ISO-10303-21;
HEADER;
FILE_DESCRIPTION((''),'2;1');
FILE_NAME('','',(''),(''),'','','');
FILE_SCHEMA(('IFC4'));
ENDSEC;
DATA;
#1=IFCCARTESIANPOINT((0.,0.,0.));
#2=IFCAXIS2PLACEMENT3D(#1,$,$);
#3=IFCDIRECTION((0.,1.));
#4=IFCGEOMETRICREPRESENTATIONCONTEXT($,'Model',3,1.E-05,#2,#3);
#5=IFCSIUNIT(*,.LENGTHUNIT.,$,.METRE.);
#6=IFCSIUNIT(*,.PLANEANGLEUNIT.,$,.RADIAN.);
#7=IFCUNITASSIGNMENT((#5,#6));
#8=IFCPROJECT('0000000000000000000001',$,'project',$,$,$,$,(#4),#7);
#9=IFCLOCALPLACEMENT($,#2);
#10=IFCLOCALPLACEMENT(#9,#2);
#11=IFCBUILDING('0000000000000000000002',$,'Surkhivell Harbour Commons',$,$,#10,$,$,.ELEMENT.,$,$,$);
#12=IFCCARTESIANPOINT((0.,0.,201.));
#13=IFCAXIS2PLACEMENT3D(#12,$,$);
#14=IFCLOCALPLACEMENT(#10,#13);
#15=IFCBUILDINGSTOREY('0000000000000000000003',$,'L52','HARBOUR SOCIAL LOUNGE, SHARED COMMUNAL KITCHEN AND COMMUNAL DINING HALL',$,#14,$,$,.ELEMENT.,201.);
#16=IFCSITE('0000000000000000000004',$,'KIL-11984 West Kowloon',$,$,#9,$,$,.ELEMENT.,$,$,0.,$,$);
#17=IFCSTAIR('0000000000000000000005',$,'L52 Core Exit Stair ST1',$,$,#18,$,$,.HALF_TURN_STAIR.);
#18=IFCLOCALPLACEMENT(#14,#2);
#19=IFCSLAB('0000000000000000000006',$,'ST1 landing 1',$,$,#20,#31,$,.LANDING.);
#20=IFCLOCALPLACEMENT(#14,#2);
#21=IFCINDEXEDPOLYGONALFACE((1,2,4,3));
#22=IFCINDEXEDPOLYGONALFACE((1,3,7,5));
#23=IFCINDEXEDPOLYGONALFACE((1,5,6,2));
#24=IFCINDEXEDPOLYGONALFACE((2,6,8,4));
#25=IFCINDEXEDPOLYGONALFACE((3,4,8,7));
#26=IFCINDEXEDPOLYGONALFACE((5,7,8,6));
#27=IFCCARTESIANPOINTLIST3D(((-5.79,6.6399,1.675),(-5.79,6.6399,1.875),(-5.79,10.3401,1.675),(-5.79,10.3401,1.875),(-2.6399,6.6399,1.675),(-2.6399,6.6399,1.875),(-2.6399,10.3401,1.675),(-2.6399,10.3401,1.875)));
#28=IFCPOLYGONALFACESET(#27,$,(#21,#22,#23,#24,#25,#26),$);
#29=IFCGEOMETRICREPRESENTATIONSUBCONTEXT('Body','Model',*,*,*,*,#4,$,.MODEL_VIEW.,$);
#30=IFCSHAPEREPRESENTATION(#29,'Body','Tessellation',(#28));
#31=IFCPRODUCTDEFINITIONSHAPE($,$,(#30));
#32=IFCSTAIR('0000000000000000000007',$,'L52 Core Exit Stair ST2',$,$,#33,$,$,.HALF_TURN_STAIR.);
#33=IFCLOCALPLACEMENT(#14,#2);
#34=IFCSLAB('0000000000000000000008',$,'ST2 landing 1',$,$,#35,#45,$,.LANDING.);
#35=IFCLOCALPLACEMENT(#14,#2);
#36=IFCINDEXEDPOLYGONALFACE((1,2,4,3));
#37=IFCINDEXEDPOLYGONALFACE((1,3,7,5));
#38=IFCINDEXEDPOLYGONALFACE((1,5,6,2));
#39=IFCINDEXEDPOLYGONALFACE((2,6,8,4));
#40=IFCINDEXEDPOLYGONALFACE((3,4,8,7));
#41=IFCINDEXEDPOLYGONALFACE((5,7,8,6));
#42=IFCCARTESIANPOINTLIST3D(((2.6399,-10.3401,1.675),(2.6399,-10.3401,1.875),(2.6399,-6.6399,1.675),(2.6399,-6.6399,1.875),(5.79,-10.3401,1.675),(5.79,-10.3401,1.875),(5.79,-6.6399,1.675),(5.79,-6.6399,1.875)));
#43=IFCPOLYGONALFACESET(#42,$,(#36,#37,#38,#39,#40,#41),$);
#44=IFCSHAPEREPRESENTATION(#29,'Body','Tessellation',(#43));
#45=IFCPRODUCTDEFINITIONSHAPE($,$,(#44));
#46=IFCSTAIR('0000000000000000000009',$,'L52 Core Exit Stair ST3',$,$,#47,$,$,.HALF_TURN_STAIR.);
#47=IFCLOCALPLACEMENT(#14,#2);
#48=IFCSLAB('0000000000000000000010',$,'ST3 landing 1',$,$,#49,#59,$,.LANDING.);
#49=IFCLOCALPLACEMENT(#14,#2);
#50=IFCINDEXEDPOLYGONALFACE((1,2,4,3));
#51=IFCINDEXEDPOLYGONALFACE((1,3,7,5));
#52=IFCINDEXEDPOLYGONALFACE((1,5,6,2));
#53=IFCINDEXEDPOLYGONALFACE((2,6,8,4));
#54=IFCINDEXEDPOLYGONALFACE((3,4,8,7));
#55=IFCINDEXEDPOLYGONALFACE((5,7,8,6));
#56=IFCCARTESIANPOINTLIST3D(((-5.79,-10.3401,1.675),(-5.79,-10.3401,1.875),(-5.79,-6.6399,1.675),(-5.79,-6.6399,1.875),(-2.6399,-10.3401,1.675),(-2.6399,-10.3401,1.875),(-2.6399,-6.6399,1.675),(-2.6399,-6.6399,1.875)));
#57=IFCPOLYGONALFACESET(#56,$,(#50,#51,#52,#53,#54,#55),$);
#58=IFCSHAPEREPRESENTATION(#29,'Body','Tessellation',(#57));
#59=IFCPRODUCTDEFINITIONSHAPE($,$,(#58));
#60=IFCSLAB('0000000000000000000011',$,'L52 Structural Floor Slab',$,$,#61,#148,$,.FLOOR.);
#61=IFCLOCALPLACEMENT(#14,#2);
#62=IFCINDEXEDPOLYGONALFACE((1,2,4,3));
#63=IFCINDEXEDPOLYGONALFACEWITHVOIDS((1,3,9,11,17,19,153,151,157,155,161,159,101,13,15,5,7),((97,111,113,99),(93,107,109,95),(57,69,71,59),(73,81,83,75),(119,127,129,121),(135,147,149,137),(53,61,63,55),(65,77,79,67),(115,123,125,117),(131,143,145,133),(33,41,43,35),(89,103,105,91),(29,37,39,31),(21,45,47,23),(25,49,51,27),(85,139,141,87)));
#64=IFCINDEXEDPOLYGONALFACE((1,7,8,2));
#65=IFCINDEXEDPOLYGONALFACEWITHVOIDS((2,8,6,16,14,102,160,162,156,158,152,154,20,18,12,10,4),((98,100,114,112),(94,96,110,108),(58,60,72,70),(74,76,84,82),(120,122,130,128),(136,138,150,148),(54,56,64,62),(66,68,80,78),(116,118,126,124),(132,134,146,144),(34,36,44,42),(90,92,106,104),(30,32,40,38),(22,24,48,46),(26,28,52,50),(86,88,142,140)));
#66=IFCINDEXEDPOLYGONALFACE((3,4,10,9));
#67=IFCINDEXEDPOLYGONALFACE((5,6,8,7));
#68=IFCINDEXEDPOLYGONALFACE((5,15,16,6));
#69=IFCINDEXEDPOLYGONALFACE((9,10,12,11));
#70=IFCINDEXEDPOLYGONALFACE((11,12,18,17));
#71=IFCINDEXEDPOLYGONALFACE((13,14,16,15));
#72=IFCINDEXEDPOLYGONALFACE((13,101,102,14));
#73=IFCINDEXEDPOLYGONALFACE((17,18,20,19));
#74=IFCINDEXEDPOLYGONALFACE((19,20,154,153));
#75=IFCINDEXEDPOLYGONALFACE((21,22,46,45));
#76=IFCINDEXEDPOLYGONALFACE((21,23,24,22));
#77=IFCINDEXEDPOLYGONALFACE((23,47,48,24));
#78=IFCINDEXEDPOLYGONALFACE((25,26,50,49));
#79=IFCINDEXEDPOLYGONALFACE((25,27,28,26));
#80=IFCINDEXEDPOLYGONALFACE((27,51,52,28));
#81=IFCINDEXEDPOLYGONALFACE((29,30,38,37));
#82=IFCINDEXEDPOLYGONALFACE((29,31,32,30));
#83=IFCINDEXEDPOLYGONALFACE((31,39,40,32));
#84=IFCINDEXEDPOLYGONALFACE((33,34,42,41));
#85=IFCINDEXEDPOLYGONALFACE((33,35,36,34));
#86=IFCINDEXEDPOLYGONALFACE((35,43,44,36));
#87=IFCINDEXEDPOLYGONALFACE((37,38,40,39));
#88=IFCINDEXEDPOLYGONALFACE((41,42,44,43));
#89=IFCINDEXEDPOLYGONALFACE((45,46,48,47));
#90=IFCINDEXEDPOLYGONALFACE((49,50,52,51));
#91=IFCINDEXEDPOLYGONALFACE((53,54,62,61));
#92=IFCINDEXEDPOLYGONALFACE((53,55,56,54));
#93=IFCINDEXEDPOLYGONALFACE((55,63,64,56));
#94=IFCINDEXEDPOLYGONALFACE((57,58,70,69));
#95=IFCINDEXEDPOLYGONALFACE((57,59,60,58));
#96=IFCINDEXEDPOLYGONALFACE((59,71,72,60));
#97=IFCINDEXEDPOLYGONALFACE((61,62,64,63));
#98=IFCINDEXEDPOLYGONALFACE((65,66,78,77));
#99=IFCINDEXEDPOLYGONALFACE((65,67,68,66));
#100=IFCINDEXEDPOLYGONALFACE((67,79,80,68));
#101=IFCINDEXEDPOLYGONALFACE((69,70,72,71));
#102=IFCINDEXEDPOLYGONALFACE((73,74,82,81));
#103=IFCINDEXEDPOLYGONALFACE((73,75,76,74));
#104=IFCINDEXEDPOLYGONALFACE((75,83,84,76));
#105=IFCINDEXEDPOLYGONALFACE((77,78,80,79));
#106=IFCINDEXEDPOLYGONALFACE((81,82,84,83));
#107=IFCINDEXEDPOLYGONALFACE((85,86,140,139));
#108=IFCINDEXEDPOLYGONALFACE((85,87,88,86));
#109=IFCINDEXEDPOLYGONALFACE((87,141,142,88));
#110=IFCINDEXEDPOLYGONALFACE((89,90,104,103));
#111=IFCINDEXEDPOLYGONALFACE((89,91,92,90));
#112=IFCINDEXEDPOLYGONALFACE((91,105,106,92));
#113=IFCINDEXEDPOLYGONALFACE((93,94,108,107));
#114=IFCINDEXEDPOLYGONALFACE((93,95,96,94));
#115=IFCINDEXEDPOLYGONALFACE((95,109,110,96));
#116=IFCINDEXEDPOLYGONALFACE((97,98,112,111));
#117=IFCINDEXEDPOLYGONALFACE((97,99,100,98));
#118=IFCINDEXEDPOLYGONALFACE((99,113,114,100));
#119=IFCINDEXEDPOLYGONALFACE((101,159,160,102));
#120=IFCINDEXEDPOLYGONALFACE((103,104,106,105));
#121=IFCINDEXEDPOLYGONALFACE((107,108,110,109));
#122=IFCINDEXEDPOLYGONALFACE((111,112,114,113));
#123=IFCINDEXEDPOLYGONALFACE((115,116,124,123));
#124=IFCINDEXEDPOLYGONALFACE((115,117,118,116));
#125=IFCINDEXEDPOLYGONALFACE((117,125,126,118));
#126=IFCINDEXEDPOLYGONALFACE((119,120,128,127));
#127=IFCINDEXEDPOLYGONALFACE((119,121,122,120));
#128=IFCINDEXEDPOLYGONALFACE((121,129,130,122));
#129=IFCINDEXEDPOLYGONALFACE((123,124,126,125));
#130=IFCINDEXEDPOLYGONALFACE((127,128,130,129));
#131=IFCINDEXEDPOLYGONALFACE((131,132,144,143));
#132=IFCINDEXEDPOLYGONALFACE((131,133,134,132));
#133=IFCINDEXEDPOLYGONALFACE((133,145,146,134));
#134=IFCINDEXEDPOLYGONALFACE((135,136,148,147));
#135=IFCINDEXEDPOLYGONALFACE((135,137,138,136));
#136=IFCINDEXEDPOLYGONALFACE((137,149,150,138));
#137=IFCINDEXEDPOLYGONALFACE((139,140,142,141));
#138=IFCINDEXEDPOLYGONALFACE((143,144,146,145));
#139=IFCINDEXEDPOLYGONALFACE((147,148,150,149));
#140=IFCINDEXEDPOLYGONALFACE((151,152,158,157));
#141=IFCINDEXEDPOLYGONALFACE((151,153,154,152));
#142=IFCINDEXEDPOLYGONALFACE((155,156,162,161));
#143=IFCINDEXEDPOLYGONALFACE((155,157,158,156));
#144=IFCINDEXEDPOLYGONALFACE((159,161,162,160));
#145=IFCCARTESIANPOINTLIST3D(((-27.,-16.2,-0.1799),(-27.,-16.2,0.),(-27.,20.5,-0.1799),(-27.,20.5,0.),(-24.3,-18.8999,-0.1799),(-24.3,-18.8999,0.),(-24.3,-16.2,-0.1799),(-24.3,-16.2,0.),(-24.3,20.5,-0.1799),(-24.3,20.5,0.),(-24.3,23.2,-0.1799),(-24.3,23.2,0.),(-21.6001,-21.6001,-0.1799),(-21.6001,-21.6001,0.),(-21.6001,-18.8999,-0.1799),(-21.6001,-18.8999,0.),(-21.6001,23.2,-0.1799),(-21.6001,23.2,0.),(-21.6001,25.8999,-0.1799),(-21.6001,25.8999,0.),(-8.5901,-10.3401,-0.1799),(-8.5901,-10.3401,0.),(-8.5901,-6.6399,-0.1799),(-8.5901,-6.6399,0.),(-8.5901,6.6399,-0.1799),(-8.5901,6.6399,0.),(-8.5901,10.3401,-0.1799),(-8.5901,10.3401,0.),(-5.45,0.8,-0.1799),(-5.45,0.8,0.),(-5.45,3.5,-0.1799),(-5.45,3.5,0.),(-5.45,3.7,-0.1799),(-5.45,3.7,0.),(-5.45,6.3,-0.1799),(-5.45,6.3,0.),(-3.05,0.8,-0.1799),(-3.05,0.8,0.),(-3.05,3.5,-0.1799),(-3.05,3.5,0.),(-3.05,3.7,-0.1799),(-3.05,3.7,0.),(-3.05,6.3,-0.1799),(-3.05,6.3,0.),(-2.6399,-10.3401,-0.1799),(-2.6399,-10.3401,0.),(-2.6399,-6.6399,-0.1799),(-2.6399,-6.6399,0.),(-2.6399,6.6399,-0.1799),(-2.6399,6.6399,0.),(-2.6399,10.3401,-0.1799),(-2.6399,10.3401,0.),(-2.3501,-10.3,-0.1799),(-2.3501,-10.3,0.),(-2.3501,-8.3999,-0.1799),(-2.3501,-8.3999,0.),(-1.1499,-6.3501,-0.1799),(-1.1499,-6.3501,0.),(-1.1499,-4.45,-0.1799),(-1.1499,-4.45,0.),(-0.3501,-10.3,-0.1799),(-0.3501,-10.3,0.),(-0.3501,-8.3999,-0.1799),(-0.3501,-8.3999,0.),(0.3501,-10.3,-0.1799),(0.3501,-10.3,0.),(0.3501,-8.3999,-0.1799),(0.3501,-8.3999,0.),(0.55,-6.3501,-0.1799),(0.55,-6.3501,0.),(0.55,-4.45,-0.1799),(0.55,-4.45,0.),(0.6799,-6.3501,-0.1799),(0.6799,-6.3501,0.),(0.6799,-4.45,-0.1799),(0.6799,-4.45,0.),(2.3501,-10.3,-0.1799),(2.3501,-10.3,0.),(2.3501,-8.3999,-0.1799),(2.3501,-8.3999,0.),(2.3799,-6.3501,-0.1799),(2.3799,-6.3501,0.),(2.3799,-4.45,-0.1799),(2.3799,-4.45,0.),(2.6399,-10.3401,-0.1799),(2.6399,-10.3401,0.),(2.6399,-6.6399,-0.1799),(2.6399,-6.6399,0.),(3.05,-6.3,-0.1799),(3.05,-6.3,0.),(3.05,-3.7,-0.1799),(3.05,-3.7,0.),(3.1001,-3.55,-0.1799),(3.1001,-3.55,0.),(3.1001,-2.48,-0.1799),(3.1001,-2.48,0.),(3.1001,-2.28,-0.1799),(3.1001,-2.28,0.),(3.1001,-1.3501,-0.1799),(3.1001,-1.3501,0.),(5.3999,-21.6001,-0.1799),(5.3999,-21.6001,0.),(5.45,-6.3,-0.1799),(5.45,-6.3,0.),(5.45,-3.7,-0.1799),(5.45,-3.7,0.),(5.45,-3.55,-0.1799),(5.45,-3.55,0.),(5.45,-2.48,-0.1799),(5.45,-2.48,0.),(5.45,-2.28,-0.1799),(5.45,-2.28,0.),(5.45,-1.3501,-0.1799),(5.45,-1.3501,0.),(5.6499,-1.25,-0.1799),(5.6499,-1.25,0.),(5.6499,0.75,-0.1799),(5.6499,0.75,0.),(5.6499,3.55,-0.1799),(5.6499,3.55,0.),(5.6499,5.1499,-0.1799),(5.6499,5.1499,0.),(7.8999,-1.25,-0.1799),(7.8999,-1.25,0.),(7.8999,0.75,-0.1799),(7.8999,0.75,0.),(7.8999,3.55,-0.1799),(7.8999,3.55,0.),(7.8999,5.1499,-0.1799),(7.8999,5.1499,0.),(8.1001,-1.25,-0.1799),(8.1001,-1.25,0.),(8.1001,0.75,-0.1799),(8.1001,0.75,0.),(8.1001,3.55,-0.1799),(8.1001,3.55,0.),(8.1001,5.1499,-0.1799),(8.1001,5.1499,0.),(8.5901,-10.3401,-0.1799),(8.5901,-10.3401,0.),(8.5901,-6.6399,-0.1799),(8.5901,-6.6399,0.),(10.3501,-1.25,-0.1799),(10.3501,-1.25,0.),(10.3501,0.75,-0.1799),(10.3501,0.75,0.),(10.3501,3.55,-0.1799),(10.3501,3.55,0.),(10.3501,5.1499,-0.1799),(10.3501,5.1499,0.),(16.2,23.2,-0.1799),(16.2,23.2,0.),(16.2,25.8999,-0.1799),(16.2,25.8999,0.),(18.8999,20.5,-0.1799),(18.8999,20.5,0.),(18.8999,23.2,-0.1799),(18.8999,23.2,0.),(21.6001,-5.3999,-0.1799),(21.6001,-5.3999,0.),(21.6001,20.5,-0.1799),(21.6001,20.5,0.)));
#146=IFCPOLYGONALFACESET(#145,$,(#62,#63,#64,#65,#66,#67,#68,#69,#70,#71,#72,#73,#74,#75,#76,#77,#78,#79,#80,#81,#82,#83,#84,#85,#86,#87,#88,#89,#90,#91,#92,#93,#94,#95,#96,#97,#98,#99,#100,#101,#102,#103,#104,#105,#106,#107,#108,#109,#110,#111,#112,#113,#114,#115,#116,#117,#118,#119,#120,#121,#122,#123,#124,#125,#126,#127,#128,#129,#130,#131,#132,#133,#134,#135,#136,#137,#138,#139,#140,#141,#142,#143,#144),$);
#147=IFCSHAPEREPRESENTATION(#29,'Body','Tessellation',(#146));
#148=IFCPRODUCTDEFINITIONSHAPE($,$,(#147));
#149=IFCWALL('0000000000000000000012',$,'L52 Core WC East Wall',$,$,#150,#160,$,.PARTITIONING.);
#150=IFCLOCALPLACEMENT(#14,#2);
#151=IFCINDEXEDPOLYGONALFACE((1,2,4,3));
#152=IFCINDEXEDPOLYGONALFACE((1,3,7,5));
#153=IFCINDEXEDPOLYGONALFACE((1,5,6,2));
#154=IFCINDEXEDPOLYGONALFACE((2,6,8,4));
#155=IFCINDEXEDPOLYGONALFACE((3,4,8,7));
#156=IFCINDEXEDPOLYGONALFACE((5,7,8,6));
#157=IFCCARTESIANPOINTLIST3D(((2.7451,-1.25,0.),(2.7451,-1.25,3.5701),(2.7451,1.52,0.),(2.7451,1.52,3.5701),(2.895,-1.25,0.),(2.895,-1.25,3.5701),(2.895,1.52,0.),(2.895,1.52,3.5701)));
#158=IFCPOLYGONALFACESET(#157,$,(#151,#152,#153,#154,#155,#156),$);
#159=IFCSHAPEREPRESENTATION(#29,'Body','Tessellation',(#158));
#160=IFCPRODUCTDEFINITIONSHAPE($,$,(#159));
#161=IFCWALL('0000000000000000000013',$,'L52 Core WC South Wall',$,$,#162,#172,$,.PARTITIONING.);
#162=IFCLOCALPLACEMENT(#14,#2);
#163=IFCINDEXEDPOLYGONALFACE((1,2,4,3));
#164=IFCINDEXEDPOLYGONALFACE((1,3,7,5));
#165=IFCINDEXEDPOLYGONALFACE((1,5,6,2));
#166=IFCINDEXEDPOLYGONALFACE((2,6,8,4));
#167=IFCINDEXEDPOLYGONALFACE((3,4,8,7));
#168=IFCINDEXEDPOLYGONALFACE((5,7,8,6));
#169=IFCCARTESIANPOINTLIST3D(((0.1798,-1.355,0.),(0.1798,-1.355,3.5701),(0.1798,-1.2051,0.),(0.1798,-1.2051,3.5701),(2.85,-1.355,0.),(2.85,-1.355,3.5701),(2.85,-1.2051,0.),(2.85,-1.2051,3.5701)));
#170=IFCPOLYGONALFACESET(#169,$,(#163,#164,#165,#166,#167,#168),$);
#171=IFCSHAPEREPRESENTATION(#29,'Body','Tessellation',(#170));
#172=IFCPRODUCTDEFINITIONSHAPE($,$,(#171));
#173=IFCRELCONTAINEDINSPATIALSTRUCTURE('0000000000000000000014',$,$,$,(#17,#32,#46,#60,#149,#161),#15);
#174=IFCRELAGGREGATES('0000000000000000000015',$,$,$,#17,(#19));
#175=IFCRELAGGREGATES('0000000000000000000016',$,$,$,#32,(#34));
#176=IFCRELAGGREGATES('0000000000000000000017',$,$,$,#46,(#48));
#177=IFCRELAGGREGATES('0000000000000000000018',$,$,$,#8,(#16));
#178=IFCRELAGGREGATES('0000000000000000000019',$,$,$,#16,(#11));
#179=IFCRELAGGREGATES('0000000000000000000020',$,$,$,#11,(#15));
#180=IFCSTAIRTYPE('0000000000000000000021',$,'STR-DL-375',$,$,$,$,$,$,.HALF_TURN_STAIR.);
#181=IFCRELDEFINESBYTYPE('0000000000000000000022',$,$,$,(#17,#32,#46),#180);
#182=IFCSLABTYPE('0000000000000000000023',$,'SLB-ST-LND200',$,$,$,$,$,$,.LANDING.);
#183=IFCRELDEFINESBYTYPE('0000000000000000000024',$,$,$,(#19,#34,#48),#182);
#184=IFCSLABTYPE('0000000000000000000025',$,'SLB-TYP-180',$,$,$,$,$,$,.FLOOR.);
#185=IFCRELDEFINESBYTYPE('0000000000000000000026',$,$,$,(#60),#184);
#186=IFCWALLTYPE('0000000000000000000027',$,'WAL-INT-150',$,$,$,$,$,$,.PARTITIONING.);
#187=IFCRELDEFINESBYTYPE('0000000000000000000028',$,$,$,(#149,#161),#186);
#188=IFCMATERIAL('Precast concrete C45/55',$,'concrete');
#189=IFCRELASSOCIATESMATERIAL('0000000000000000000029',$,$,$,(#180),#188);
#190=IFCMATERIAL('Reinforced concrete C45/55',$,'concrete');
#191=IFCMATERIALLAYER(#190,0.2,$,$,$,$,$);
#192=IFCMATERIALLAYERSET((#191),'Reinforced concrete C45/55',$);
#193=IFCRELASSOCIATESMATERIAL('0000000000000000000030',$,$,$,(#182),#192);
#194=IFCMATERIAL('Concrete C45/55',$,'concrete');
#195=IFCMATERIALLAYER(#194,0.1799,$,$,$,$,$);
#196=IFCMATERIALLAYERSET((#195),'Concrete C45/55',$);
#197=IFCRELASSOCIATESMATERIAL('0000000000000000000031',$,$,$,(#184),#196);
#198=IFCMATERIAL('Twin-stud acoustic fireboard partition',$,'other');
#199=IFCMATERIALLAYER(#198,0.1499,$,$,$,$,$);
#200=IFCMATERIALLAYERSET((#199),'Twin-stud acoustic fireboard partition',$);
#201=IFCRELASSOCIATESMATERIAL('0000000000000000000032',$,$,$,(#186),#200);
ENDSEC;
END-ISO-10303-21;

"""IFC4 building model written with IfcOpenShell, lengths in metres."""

from ifc_helpers import new_model, si_unit, direction, frame, frame_2d, origin, place, context, subcontext, project, spatial, polyline, rectangle, outline, extrude, material, layer, layer_set, type_object, element, aggregate, save


model = new_model("IFC4")

# Units and contexts
model_context = context("Model", 3, precision=1e-05, world=origin(), true_north=direction((0.0, 1.0)))
body_context = subcontext(model_context, "Body", "Model", "MODEL_VIEW")
ifc_project = project(units=[si_unit("LENGTHUNIT", "METRE"), si_unit("PLANEANGLEUNIT", "RADIAN")], contexts=[model_context])

# Site, building, storey
site_placement = place(None, origin())
site = spatial("IfcSite", under=ifc_project, at=site_placement, Name="KIL-11984 West Kowloon", CompositionType="ELEMENT", RefElevation=0.0)
building_placement = place(site_placement, origin())
building = spatial("IfcBuilding", under=site, at=building_placement, Name="Surkhivell Harbour Commons", CompositionType="ELEMENT")
storey_placement = place(building_placement, frame((0.0, 0.0, 201.0)))
storey = spatial("IfcBuildingStorey", under=building, at=storey_placement, Name="L52", Description="HARBOUR SOCIAL LOUNGE, SHARED COMMUNAL KITCHEN AND COMMUNAL DINING HALL", CompositionType="ELEMENT", Elevation=201.0)

# Stairs, slabs
ifc_material_1 = material(Name="Precast concrete C45/55", Category="concrete")
stair_type = type_object("IfcStairType", Name="STR-DL-375", PredefinedType="HALF_TURN_STAIR", material=ifc_material_1)
stair_1_placement = place(storey_placement, origin())
stair_1 = element("IfcStair", 1, at=stair_1_placement, inside=storey, type_object=stair_type, Name="L52 Core Exit Stair ST1", PredefinedType="HALF_TURN_STAIR")
ifc_material_2 = material(Name="Reinforced concrete C45/55", Category="concrete")
ifc_layer_1 = layer(ifc_material_2, 0.2)
ifc_layer_set_1 = layer_set([ifc_layer_1], Name="Reinforced concrete C45/55")
slab_type_1 = type_object("IfcSlabType", Name="SLB-ST-LND200", PredefinedType="LANDING", material=ifc_layer_set_1)
slab_1_placement = place(storey_placement, frame((0.0, 0.0, 1.675)))
slab_1 = element("IfcSlab", 2, at=slab_1_placement, type_object=slab_type_1, Name="ST1 landing 1", PredefinedType="LANDING", context=body_context, shape_type="SweptSolid", body=[
    extrude(outline(polyline([(-5.79, 6.6399), (-2.6399, 6.6399), (-2.6399, 10.3401), (-5.79, 10.3401), (-5.79, 6.6399)])), origin(), (0.0, 0.0, 1.0), 0.2),
])
aggregate(stair_1, [slab_1])
stair_2_placement = place(storey_placement, origin())
stair_2 = element("IfcStair", 3, at=stair_2_placement, inside=storey, type_object=stair_type, Name="L52 Core Exit Stair ST2", PredefinedType="HALF_TURN_STAIR")
slab_2_placement = place(storey_placement, frame((0.0, 0.0, 1.675)))
slab_2 = element("IfcSlab", 4, at=slab_2_placement, type_object=slab_type_1, Name="ST2 landing 1", PredefinedType="LANDING", context=body_context, shape_type="SweptSolid", body=[
    extrude(outline(polyline([(5.79, -6.6399), (2.6399, -6.6399), (2.6399, -10.3401), (5.79, -10.3401), (5.79, -6.6399)])), origin(), (0.0, 0.0, 1.0), 0.2),
])
aggregate(stair_2, [slab_2])
stair_3_placement = place(storey_placement, origin())
stair_3 = element("IfcStair", 5, at=stair_3_placement, inside=storey, type_object=stair_type, Name="L52 Core Exit Stair ST3", PredefinedType="HALF_TURN_STAIR")
slab_3_placement = place(storey_placement, frame((0.0, 0.0, 1.675)))
slab_3 = element("IfcSlab", 6, at=slab_3_placement, type_object=slab_type_1, Name="ST3 landing 1", PredefinedType="LANDING", context=body_context, shape_type="SweptSolid", body=[
    extrude(outline(polyline([(-5.79, -10.3401), (-2.6399, -10.3401), (-2.6399, -6.6399), (-5.79, -6.6399), (-5.79, -10.3401)])), origin(), (0.0, 0.0, 1.0), 0.2),
])
aggregate(stair_3, [slab_3])

# Slab
ifc_material_3 = material(Name="Concrete C45/55", Category="concrete")
ifc_layer_2 = layer(ifc_material_3, 0.1799)
ifc_layer_set_2 = layer_set([ifc_layer_2], Name="Concrete C45/55")
slab_type_2 = type_object("IfcSlabType", Name="SLB-TYP-180", PredefinedType="FLOOR", material=ifc_layer_set_2)
slab_4_placement = place(storey_placement, frame((0.0, 0.0, -0.1799)))
element("IfcSlab", 7, at=slab_4_placement, inside=storey, type_object=slab_type_2, Name="L52 Structural Floor Slab", PredefinedType="FLOOR", context=body_context, shape_type="SweptSolid", body=[
    extrude(outline(polyline([(-21.6001, -21.6001), (5.3999, -21.6001), (21.6001, -5.3999), (21.6001, 20.5), (18.8999, 20.5), (18.8999, 23.2), (16.2, 23.2), (16.2, 25.8999), (-21.6001, 25.8999), (-21.6001, 23.2), (-24.3, 23.2), (-24.3, 20.5), (-27.0, 20.5), (-27.0, -16.2), (-24.3, -16.2), (-24.3, -18.8999), (-21.6001, -18.8999), (-21.6001, -21.6001)]), holes=[polyline([(-8.5901, 6.6399), (-2.6399, 6.6399), (-2.6399, 10.3401), (-8.5901, 10.3401), (-8.5901, 6.6399)]), polyline([(8.5901, -6.6399), (2.6399, -6.6399), (2.6399, -10.3401), (8.5901, -10.3401), (8.5901, -6.6399)]), polyline([(-8.5901, -10.3401), (-2.6399, -10.3401), (-2.6399, -6.6399), (-8.5901, -6.6399), (-8.5901, -10.3401)]), polyline([(5.6499, 3.55), (7.8999, 3.55), (7.8999, 5.1499), (5.6499, 5.1499), (5.6499, 3.55)]), polyline([(8.1001, 3.55), (10.3501, 3.55), (10.3501, 5.1499), (8.1001, 5.1499), (8.1001, 3.55)]), polyline([(5.6499, -1.25), (7.8999, -1.25), (7.8999, 0.75), (5.6499, 0.75), (5.6499, -1.25)]), polyline([(8.1001, -1.25), (10.3501, -1.25), (10.3501, 0.75), (8.1001, 0.75), (8.1001, -1.25)]), polyline([(-1.1499, -6.3501), (0.55, -6.3501), (0.55, -4.45), (-1.1499, -4.45), (-1.1499, -6.3501)]), polyline([(0.6799, -6.3501), (2.3799, -6.3501), (2.3799, -4.45), (0.6799, -4.45), (0.6799, -6.3501)]), polyline([(-2.3501, -10.3), (-0.3501, -10.3), (-0.3501, -8.3999), (-2.3501, -8.3999), (-2.3501, -10.3)]), polyline([(0.3501, -10.3), (2.3501, -10.3), (2.3501, -8.3999), (0.3501, -8.3999), (0.3501, -10.3)]), polyline([(-5.45, 3.7), (-3.05, 3.7), (-3.05, 6.3), (-5.45, 6.3), (-5.45, 3.7)]), polyline([(3.05, -6.3), (5.45, -6.3), (5.45, -3.7), (3.05, -3.7), (3.05, -6.3)]), polyline([(-5.45, 0.8), (-3.05, 0.8), (-3.05, 3.5), (-5.45, 3.5), (-5.45, 0.8)]), polyline([(3.1001, -3.55), (5.45, -3.55), (5.45, -2.48), (3.1001, -2.48), (3.1001, -3.55)]), polyline([(3.1001, -2.28), (5.45, -2.28), (5.45, -1.3501), (3.1001, -1.3501), (3.1001, -2.28)])]), origin(), (0.0, 0.0, 1.0), 0.1799),
])

# Walls
ifc_material_4 = material(Name="Twin-stud acoustic fireboard partition", Category="other")
ifc_layer_3 = layer(ifc_material_4, 0.1499)
ifc_layer_set_3 = layer_set([ifc_layer_3], Name="Twin-stud acoustic fireboard partition")
wall_type_1 = type_object("IfcWallType", Name="WAL-INT-150", PredefinedType="PARTITIONING", material=ifc_layer_set_3)
wall_1_placement = place(storey_placement, frame((2.8201, -1.25, 0.0), z_axis=(0.0, 0.0, 1.0), x_axis=(0.0, 1.0, 0.0)))
element("IfcWall", 8, at=wall_1_placement, inside=storey, type_object=wall_type_1, Name="L52 Core WC East Wall", PredefinedType="PARTITIONING", context=body_context, shape_type="SweptSolid", body=[
    extrude(rectangle(XDim=2.77, YDim=0.1499, at=frame_2d((1.385, 0.0))), origin(), (0.0, 0.0, 1.0), 3.5701),
])
wall_2_placement = place(storey_placement, frame((0.1799, -1.28, 0.0), z_axis=(0.0, 0.0, 1.0), x_axis=(1.0, 0.0, 0.0)))
element("IfcWall", 9, at=wall_2_placement, inside=storey, type_object=wall_type_1, Name="L52 Core WC South Wall", PredefinedType="PARTITIONING", context=body_context, shape_type="SweptSolid", body=[
    extrude(rectangle(XDim=2.6702, YDim=0.1499, at=frame_2d((1.335, 0.0))), origin(), (0.0, 0.0, 1.0), 3.5701),
])

save(model, "model.ifc")
